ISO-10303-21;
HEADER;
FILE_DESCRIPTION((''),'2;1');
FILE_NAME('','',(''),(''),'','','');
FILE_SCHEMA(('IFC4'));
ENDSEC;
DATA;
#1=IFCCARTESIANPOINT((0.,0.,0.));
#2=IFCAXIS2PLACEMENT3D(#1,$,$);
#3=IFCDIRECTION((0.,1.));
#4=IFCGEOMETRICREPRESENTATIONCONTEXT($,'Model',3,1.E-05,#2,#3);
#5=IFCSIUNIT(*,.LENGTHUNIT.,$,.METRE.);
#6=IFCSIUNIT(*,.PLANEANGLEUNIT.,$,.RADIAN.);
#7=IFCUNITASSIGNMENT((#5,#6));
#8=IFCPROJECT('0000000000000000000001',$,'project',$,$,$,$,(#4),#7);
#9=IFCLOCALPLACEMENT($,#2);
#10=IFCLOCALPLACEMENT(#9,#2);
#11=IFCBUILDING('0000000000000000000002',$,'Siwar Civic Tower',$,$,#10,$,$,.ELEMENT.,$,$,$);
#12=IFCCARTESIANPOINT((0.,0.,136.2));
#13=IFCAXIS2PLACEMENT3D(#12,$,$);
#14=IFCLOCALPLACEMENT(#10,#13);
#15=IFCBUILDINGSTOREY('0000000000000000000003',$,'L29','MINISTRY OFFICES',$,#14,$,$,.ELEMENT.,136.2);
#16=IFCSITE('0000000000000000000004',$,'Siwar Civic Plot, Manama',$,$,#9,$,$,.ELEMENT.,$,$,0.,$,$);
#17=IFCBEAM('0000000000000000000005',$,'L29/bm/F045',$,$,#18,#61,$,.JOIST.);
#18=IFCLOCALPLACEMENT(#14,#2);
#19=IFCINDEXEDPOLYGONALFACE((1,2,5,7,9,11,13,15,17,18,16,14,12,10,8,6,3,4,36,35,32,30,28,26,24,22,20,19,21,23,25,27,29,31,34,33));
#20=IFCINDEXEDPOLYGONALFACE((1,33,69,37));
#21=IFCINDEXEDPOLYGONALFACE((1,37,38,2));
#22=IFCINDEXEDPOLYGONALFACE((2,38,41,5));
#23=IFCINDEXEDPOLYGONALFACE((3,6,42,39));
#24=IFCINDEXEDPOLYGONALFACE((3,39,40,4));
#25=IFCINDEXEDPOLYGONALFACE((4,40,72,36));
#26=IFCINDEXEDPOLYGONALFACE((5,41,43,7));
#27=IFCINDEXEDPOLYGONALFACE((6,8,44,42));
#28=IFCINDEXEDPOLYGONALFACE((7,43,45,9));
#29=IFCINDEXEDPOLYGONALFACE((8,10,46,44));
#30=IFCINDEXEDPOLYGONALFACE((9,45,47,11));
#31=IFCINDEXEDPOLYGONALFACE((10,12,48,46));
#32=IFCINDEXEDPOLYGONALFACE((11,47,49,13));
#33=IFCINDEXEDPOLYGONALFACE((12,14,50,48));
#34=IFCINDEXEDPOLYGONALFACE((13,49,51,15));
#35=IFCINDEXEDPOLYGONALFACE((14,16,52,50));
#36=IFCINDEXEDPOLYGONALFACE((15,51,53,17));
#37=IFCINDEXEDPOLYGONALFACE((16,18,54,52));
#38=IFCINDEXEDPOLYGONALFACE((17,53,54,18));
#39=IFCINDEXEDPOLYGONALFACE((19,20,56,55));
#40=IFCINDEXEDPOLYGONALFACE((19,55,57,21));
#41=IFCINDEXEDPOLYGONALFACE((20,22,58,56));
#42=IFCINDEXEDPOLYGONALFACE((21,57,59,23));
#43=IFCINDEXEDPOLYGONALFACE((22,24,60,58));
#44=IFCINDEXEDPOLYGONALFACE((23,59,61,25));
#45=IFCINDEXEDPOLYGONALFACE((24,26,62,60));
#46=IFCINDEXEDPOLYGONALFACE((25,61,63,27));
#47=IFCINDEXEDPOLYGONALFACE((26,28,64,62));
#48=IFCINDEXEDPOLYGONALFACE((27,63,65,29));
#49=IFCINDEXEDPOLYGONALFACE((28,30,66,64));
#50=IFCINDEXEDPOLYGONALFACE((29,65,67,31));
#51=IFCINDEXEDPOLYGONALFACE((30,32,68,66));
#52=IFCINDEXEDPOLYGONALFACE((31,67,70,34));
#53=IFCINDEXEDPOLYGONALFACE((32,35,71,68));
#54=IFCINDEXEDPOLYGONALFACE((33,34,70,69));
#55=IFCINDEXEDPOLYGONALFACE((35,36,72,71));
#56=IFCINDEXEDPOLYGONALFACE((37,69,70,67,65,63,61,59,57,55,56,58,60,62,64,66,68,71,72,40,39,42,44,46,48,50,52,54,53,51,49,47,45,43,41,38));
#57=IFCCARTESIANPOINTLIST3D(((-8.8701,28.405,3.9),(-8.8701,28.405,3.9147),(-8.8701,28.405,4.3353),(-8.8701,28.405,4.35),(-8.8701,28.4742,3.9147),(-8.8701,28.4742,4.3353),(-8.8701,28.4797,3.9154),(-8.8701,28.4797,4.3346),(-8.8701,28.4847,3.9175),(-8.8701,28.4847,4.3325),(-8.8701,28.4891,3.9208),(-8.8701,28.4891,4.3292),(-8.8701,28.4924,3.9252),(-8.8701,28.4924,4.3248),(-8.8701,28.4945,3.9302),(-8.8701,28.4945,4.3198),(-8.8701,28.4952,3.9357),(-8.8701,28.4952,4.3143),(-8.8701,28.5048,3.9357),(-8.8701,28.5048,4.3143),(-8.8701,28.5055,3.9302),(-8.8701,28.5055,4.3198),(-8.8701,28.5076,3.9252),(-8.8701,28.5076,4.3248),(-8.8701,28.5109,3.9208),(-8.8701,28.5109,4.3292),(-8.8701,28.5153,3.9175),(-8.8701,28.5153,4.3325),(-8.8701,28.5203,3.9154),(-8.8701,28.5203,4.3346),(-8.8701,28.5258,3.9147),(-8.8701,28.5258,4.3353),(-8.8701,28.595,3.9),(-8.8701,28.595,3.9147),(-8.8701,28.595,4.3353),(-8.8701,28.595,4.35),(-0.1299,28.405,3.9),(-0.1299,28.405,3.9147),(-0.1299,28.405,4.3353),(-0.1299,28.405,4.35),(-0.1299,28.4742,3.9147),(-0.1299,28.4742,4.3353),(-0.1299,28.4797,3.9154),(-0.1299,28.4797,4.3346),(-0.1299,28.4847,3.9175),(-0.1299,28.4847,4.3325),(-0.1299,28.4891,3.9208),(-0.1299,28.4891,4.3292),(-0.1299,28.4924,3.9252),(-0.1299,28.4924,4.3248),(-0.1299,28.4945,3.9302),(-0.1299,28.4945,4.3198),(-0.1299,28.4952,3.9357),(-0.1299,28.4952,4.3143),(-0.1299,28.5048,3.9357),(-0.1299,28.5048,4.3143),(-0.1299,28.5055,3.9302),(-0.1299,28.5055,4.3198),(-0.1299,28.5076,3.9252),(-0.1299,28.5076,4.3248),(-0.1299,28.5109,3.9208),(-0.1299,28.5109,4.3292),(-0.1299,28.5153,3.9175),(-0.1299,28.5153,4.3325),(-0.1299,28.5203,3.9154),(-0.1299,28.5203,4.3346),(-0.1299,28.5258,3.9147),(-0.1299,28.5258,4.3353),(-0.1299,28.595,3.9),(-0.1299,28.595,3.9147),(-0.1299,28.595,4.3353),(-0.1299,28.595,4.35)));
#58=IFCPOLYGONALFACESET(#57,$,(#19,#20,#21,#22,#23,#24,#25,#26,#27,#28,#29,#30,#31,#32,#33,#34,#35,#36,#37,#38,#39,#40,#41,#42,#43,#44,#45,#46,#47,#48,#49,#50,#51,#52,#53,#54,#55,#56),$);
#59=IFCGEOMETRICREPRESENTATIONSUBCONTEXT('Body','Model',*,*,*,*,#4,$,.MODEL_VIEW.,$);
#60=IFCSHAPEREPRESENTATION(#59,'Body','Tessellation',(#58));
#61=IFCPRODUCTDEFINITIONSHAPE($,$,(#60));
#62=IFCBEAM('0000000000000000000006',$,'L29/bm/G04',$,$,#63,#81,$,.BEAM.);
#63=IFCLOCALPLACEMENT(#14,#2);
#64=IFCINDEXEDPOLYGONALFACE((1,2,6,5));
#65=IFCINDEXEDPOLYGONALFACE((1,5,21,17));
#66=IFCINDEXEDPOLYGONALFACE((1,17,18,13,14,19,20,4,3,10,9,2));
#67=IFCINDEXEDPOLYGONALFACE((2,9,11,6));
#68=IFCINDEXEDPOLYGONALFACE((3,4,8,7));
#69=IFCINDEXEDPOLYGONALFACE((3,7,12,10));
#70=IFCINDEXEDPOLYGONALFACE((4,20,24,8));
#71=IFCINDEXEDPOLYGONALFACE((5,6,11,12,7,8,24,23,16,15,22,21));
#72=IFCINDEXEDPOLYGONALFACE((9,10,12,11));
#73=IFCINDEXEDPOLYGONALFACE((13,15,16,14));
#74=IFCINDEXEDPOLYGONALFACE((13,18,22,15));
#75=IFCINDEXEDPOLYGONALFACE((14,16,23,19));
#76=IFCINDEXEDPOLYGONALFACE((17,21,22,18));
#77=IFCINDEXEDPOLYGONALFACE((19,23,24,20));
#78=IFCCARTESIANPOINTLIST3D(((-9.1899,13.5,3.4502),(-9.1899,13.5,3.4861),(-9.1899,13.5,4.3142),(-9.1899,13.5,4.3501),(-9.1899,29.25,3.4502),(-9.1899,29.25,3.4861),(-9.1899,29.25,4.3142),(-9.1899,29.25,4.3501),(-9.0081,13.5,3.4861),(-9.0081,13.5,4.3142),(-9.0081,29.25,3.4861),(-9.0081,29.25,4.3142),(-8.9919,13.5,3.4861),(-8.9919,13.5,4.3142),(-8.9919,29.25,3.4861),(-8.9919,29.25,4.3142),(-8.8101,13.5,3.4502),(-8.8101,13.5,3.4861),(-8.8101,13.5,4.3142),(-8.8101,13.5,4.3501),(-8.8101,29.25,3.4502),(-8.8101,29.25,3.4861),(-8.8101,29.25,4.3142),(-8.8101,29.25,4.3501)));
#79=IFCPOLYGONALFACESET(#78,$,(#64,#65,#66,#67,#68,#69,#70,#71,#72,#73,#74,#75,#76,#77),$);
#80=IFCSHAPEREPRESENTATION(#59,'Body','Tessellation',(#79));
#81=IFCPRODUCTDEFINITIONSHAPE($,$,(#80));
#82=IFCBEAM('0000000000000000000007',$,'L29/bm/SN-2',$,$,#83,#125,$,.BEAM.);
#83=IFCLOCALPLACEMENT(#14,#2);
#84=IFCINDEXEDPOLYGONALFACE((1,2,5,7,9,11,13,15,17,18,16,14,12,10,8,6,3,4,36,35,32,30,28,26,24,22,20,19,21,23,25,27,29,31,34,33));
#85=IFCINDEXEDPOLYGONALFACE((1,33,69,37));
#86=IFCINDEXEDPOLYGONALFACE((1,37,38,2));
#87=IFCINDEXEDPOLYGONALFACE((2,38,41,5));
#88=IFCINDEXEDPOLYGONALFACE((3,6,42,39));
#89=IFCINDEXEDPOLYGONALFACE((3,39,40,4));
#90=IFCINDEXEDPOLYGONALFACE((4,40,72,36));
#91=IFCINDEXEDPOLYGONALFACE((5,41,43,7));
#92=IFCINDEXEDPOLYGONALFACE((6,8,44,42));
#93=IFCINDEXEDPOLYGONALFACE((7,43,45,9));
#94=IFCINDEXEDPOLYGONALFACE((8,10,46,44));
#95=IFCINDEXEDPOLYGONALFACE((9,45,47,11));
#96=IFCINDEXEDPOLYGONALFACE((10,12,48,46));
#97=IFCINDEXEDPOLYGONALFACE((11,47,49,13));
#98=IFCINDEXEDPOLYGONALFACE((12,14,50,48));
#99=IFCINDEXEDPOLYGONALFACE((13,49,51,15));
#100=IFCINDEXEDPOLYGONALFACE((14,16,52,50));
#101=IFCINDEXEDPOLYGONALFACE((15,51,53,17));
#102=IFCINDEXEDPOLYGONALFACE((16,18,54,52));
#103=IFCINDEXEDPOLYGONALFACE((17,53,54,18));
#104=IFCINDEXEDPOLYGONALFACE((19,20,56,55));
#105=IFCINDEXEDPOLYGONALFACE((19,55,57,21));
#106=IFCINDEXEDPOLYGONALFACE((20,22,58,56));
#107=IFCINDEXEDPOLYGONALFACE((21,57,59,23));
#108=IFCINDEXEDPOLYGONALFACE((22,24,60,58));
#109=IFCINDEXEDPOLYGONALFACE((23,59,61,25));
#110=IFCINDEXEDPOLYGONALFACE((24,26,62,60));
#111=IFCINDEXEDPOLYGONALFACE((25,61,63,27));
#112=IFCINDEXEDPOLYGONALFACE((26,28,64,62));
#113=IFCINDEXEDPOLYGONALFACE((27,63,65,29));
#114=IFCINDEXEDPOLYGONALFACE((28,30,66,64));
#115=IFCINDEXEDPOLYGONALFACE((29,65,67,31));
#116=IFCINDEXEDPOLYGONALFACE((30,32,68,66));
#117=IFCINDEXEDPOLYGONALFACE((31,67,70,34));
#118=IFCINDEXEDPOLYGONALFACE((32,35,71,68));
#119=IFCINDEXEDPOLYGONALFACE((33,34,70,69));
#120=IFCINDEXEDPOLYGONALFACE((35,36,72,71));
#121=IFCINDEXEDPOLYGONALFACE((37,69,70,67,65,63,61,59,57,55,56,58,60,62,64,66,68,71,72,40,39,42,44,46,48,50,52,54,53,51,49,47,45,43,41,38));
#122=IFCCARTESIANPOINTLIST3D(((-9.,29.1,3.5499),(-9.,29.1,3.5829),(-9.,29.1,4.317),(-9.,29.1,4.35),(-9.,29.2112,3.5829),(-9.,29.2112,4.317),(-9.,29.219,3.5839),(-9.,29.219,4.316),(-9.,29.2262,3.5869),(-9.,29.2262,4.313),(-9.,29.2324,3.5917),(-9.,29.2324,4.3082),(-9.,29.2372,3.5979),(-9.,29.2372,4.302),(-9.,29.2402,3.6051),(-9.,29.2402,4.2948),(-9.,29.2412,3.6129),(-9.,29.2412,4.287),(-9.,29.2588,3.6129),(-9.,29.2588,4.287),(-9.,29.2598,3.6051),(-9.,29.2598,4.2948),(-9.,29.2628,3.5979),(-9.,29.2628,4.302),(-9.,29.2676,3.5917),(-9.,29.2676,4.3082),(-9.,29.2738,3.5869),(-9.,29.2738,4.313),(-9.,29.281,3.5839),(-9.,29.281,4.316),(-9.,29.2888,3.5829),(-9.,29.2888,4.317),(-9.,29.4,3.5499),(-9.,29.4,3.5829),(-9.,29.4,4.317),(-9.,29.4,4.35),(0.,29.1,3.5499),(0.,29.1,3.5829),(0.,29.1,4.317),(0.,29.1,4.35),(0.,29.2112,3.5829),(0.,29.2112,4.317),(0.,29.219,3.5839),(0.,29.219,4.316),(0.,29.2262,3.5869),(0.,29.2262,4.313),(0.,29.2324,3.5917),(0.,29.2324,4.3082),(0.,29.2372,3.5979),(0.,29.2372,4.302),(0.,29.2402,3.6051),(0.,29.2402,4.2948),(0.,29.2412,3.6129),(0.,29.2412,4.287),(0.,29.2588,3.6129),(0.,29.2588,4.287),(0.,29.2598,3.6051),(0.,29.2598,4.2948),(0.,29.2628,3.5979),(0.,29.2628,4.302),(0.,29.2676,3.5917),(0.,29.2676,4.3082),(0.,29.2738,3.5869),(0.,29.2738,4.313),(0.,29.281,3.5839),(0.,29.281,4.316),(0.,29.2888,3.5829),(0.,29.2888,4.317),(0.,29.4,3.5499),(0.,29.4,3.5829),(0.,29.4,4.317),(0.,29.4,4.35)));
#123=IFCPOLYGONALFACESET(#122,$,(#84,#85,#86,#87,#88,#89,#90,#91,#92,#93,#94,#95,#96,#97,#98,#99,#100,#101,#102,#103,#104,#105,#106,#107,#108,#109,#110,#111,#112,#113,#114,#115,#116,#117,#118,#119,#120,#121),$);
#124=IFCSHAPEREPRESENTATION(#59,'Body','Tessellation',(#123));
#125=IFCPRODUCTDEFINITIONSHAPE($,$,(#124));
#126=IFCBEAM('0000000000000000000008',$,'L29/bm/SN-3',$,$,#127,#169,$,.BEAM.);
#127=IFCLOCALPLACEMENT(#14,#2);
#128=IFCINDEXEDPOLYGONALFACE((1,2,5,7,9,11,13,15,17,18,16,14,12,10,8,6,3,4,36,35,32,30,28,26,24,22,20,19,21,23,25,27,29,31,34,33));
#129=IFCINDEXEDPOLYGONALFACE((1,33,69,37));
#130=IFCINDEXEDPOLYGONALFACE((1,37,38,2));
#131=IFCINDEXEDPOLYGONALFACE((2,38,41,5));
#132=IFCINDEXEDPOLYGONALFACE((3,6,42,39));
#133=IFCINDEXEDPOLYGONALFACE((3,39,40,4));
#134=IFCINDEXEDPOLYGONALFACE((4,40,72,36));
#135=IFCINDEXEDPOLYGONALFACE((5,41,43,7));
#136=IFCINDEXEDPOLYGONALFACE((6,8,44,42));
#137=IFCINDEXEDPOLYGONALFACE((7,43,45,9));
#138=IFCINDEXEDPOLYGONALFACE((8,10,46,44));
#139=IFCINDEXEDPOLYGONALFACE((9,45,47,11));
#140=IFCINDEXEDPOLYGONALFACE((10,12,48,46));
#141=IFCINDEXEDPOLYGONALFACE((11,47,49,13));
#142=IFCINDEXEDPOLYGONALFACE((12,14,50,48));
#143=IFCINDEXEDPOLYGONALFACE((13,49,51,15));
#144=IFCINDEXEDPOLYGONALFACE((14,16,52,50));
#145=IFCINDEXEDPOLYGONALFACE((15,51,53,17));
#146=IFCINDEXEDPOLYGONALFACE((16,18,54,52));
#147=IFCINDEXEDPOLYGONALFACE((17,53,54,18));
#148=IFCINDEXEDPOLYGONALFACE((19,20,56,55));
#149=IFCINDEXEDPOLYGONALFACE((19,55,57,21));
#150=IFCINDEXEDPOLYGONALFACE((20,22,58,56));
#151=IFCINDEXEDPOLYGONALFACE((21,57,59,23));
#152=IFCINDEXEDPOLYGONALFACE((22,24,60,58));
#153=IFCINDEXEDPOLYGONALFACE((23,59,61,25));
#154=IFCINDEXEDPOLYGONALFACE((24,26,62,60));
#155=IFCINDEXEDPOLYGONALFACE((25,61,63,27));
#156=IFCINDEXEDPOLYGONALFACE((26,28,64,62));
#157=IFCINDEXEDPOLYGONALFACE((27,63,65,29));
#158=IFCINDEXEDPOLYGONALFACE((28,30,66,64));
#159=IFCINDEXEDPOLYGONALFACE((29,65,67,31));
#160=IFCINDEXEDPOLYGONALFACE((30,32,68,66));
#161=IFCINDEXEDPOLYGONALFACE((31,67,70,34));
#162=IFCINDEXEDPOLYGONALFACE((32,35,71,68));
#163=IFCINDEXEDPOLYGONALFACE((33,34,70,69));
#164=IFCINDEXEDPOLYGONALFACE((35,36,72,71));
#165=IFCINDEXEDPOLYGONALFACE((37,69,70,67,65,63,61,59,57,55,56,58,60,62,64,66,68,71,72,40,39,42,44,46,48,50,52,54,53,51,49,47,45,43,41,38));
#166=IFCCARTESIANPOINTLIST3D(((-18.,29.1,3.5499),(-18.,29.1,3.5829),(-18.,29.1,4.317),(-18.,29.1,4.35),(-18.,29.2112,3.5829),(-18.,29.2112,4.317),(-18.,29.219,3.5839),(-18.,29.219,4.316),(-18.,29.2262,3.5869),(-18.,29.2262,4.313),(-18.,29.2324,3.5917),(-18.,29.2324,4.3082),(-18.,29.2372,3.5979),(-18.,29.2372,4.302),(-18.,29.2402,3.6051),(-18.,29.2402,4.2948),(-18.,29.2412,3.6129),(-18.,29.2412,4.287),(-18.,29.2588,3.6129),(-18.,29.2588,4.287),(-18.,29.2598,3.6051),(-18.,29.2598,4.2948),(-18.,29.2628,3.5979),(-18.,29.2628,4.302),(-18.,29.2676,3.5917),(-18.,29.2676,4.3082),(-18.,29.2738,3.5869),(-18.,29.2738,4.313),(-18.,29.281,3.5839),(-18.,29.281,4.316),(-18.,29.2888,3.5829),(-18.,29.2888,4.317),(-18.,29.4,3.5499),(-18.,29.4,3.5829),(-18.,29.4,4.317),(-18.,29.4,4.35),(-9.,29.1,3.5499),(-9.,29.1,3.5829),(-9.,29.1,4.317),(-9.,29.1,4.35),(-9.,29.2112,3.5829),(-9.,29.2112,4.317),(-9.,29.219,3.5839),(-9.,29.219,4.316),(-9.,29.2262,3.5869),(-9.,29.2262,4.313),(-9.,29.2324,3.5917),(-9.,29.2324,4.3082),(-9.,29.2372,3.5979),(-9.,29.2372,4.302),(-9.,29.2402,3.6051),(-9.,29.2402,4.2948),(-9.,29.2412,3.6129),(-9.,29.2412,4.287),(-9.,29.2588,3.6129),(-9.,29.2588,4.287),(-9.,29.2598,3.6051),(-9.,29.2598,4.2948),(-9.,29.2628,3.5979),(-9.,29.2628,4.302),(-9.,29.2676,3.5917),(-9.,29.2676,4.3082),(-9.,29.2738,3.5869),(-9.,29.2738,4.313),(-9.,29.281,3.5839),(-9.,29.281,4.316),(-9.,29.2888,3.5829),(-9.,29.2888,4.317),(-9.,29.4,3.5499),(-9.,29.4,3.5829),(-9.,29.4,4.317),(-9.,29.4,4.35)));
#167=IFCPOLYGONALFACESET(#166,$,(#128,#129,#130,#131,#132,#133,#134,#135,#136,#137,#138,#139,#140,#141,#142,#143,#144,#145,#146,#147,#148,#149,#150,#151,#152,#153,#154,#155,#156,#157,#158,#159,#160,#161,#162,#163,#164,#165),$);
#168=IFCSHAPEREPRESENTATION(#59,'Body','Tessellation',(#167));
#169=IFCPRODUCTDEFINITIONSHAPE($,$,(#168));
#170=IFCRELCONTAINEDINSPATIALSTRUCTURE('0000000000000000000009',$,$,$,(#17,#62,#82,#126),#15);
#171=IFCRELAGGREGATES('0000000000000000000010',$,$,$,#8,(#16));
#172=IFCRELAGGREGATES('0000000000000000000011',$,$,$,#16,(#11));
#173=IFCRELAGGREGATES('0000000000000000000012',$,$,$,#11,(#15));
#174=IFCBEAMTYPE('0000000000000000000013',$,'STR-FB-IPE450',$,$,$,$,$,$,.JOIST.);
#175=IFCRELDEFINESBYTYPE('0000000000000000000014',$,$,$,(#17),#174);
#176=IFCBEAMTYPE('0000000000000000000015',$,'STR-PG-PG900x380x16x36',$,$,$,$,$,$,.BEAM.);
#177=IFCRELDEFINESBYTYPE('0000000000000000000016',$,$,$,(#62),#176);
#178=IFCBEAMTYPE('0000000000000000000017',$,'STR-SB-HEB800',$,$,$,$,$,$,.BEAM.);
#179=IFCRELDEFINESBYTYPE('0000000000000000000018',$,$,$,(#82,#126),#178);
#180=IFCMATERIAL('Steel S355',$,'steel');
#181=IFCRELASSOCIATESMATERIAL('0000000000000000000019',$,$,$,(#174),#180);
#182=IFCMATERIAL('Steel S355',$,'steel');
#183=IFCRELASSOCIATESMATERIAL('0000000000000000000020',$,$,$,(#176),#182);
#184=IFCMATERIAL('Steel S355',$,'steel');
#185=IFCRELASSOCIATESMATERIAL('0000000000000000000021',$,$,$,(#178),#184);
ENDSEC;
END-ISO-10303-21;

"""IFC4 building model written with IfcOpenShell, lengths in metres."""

from ifc_helpers import new_model, si_unit, direction, frame, origin, origin_2d, place, context, subcontext, project, spatial, i_section, extrude, material, material_profile, profile_set, type_object, element, save


model = new_model("IFC4")

# Units and contexts
model_context = context("Model", 3, precision=1e-05, world=origin(), true_north=direction((0.0, 1.0)))
body_context = subcontext(model_context, "Body", "Model", "MODEL_VIEW")
ifc_project = project(units=[si_unit("LENGTHUNIT", "METRE"), si_unit("PLANEANGLEUNIT", "RADIAN")], contexts=[model_context])

# Site, building, storey
site_placement = place(None, origin())
site = spatial("IfcSite", under=ifc_project, at=site_placement, Name="Siwar Civic Plot, Manama", CompositionType="ELEMENT", RefElevation=0.0)
building_placement = place(site_placement, origin())
building = spatial("IfcBuilding", under=site, at=building_placement, Name="Siwar Civic Tower", CompositionType="ELEMENT")
storey_placement = place(building_placement, frame((0.0, 0.0, 136.2)))
storey = spatial("IfcBuildingStorey", under=building, at=storey_placement, Name="L29", Description="MINISTRY OFFICES", CompositionType="ELEMENT", Elevation=136.2)

# Beams
ifc_material_1 = material(Name="Steel S355", Category="steel")
ifc_material_profile_1 = material_profile(ifc_material_1, i_section(OverallWidth=0.1899, OverallDepth=0.45, WebThickness=0.0095, FlangeThickness=0.0146, FilletRadius=0.021, at=origin_2d()), Name="IPE450")
ifc_profile_set_1 = profile_set([ifc_material_profile_1], Name="Steel S355")
beam_type_1 = type_object("IfcBeamType", Name="STR-FB-IPE450", PredefinedType="JOIST", material=ifc_profile_set_1)
for number, where, z_axis, x_axis, name in (
    (1, (-8.8701, 28.5, 4.125), (1.0, 0.0, 0.0), (0.0, 1.0, 0.0), "L29/bm/F045"),
):
    element("IfcBeam", number, at=place(storey_placement, frame(where, z_axis=z_axis, x_axis=x_axis)), inside=storey, type_object=beam_type_1, Name=name, PredefinedType="JOIST", context=body_context, shape_type="SweptSolid", body=[
        extrude(i_section(OverallWidth=0.1899, OverallDepth=0.45, WebThickness=0.0095, FlangeThickness=0.0146, FilletRadius=0.021, at=origin_2d()), origin(), (0.0, 0.0, 1.0), 8.7402),
    ])
ifc_material_2 = material(Name="Steel S355", Category="steel")
ifc_material_profile_2 = material_profile(ifc_material_2, i_section(OverallWidth=0.3799, OverallDepth=0.8999, WebThickness=0.0161, FlangeThickness=0.0359, at=origin_2d()), Name="PG900x380x16x36")
ifc_profile_set_2 = profile_set([ifc_material_profile_2], Name="Steel S355")
beam_type_2 = type_object("IfcBeamType", Name="STR-PG-PG900x380x16x36", PredefinedType="BEAM", material=ifc_profile_set_2)
beam_1_placement = place(storey_placement, frame((-9.0, 13.5, 3.9001), z_axis=(0.0, 1.0, 0.0), x_axis=(-1.0, 0.0, 0.0)))
element("IfcBeam", 2, at=beam_1_placement, inside=storey, type_object=beam_type_2, Name="L29/bm/G04", PredefinedType="BEAM", context=body_context, shape_type="SweptSolid", body=[
    extrude(i_section(OverallWidth=0.3799, OverallDepth=0.8999, WebThickness=0.0161, FlangeThickness=0.0359, at=origin_2d()), origin(), (0.0, 0.0, 1.0), 15.75),
])
ifc_material_3 = material(Name="Steel S355", Category="steel")
ifc_material_profile_3 = material_profile(ifc_material_3, i_section(OverallWidth=0.3, OverallDepth=0.8, WebThickness=0.0176, FlangeThickness=0.033, FilletRadius=0.03, at=origin_2d()), Name="HEB800")
ifc_profile_set_3 = profile_set([ifc_material_profile_3], Name="Steel S355")
beam_type_3 = type_object("IfcBeamType", Name="STR-SB-HEB800", PredefinedType="BEAM", material=ifc_profile_set_3)
for number, where, z_axis, x_axis, name in (
    (3, (0.0, 29.25, 3.95), (-1.0, 0.0, 0.0), (0.0, -1.0, 0.0), "L29/bm/SN-2"),
    (4, (-9.0, 29.25, 3.95), (-1.0, 0.0, 0.0), (0.0, -1.0, 0.0), "L29/bm/SN-3"),
):
    element("IfcBeam", number, at=place(storey_placement, frame(where, z_axis=z_axis, x_axis=x_axis)), inside=storey, type_object=beam_type_3, Name=name, PredefinedType="BEAM", context=body_context, shape_type="SweptSolid", body=[
        extrude(i_section(OverallWidth=0.3, OverallDepth=0.8, WebThickness=0.0176, FlangeThickness=0.033, FilletRadius=0.03, at=origin_2d()), origin(), (0.0, 0.0, 1.0), 9.0),
    ])

save(model, "model.ifc")
